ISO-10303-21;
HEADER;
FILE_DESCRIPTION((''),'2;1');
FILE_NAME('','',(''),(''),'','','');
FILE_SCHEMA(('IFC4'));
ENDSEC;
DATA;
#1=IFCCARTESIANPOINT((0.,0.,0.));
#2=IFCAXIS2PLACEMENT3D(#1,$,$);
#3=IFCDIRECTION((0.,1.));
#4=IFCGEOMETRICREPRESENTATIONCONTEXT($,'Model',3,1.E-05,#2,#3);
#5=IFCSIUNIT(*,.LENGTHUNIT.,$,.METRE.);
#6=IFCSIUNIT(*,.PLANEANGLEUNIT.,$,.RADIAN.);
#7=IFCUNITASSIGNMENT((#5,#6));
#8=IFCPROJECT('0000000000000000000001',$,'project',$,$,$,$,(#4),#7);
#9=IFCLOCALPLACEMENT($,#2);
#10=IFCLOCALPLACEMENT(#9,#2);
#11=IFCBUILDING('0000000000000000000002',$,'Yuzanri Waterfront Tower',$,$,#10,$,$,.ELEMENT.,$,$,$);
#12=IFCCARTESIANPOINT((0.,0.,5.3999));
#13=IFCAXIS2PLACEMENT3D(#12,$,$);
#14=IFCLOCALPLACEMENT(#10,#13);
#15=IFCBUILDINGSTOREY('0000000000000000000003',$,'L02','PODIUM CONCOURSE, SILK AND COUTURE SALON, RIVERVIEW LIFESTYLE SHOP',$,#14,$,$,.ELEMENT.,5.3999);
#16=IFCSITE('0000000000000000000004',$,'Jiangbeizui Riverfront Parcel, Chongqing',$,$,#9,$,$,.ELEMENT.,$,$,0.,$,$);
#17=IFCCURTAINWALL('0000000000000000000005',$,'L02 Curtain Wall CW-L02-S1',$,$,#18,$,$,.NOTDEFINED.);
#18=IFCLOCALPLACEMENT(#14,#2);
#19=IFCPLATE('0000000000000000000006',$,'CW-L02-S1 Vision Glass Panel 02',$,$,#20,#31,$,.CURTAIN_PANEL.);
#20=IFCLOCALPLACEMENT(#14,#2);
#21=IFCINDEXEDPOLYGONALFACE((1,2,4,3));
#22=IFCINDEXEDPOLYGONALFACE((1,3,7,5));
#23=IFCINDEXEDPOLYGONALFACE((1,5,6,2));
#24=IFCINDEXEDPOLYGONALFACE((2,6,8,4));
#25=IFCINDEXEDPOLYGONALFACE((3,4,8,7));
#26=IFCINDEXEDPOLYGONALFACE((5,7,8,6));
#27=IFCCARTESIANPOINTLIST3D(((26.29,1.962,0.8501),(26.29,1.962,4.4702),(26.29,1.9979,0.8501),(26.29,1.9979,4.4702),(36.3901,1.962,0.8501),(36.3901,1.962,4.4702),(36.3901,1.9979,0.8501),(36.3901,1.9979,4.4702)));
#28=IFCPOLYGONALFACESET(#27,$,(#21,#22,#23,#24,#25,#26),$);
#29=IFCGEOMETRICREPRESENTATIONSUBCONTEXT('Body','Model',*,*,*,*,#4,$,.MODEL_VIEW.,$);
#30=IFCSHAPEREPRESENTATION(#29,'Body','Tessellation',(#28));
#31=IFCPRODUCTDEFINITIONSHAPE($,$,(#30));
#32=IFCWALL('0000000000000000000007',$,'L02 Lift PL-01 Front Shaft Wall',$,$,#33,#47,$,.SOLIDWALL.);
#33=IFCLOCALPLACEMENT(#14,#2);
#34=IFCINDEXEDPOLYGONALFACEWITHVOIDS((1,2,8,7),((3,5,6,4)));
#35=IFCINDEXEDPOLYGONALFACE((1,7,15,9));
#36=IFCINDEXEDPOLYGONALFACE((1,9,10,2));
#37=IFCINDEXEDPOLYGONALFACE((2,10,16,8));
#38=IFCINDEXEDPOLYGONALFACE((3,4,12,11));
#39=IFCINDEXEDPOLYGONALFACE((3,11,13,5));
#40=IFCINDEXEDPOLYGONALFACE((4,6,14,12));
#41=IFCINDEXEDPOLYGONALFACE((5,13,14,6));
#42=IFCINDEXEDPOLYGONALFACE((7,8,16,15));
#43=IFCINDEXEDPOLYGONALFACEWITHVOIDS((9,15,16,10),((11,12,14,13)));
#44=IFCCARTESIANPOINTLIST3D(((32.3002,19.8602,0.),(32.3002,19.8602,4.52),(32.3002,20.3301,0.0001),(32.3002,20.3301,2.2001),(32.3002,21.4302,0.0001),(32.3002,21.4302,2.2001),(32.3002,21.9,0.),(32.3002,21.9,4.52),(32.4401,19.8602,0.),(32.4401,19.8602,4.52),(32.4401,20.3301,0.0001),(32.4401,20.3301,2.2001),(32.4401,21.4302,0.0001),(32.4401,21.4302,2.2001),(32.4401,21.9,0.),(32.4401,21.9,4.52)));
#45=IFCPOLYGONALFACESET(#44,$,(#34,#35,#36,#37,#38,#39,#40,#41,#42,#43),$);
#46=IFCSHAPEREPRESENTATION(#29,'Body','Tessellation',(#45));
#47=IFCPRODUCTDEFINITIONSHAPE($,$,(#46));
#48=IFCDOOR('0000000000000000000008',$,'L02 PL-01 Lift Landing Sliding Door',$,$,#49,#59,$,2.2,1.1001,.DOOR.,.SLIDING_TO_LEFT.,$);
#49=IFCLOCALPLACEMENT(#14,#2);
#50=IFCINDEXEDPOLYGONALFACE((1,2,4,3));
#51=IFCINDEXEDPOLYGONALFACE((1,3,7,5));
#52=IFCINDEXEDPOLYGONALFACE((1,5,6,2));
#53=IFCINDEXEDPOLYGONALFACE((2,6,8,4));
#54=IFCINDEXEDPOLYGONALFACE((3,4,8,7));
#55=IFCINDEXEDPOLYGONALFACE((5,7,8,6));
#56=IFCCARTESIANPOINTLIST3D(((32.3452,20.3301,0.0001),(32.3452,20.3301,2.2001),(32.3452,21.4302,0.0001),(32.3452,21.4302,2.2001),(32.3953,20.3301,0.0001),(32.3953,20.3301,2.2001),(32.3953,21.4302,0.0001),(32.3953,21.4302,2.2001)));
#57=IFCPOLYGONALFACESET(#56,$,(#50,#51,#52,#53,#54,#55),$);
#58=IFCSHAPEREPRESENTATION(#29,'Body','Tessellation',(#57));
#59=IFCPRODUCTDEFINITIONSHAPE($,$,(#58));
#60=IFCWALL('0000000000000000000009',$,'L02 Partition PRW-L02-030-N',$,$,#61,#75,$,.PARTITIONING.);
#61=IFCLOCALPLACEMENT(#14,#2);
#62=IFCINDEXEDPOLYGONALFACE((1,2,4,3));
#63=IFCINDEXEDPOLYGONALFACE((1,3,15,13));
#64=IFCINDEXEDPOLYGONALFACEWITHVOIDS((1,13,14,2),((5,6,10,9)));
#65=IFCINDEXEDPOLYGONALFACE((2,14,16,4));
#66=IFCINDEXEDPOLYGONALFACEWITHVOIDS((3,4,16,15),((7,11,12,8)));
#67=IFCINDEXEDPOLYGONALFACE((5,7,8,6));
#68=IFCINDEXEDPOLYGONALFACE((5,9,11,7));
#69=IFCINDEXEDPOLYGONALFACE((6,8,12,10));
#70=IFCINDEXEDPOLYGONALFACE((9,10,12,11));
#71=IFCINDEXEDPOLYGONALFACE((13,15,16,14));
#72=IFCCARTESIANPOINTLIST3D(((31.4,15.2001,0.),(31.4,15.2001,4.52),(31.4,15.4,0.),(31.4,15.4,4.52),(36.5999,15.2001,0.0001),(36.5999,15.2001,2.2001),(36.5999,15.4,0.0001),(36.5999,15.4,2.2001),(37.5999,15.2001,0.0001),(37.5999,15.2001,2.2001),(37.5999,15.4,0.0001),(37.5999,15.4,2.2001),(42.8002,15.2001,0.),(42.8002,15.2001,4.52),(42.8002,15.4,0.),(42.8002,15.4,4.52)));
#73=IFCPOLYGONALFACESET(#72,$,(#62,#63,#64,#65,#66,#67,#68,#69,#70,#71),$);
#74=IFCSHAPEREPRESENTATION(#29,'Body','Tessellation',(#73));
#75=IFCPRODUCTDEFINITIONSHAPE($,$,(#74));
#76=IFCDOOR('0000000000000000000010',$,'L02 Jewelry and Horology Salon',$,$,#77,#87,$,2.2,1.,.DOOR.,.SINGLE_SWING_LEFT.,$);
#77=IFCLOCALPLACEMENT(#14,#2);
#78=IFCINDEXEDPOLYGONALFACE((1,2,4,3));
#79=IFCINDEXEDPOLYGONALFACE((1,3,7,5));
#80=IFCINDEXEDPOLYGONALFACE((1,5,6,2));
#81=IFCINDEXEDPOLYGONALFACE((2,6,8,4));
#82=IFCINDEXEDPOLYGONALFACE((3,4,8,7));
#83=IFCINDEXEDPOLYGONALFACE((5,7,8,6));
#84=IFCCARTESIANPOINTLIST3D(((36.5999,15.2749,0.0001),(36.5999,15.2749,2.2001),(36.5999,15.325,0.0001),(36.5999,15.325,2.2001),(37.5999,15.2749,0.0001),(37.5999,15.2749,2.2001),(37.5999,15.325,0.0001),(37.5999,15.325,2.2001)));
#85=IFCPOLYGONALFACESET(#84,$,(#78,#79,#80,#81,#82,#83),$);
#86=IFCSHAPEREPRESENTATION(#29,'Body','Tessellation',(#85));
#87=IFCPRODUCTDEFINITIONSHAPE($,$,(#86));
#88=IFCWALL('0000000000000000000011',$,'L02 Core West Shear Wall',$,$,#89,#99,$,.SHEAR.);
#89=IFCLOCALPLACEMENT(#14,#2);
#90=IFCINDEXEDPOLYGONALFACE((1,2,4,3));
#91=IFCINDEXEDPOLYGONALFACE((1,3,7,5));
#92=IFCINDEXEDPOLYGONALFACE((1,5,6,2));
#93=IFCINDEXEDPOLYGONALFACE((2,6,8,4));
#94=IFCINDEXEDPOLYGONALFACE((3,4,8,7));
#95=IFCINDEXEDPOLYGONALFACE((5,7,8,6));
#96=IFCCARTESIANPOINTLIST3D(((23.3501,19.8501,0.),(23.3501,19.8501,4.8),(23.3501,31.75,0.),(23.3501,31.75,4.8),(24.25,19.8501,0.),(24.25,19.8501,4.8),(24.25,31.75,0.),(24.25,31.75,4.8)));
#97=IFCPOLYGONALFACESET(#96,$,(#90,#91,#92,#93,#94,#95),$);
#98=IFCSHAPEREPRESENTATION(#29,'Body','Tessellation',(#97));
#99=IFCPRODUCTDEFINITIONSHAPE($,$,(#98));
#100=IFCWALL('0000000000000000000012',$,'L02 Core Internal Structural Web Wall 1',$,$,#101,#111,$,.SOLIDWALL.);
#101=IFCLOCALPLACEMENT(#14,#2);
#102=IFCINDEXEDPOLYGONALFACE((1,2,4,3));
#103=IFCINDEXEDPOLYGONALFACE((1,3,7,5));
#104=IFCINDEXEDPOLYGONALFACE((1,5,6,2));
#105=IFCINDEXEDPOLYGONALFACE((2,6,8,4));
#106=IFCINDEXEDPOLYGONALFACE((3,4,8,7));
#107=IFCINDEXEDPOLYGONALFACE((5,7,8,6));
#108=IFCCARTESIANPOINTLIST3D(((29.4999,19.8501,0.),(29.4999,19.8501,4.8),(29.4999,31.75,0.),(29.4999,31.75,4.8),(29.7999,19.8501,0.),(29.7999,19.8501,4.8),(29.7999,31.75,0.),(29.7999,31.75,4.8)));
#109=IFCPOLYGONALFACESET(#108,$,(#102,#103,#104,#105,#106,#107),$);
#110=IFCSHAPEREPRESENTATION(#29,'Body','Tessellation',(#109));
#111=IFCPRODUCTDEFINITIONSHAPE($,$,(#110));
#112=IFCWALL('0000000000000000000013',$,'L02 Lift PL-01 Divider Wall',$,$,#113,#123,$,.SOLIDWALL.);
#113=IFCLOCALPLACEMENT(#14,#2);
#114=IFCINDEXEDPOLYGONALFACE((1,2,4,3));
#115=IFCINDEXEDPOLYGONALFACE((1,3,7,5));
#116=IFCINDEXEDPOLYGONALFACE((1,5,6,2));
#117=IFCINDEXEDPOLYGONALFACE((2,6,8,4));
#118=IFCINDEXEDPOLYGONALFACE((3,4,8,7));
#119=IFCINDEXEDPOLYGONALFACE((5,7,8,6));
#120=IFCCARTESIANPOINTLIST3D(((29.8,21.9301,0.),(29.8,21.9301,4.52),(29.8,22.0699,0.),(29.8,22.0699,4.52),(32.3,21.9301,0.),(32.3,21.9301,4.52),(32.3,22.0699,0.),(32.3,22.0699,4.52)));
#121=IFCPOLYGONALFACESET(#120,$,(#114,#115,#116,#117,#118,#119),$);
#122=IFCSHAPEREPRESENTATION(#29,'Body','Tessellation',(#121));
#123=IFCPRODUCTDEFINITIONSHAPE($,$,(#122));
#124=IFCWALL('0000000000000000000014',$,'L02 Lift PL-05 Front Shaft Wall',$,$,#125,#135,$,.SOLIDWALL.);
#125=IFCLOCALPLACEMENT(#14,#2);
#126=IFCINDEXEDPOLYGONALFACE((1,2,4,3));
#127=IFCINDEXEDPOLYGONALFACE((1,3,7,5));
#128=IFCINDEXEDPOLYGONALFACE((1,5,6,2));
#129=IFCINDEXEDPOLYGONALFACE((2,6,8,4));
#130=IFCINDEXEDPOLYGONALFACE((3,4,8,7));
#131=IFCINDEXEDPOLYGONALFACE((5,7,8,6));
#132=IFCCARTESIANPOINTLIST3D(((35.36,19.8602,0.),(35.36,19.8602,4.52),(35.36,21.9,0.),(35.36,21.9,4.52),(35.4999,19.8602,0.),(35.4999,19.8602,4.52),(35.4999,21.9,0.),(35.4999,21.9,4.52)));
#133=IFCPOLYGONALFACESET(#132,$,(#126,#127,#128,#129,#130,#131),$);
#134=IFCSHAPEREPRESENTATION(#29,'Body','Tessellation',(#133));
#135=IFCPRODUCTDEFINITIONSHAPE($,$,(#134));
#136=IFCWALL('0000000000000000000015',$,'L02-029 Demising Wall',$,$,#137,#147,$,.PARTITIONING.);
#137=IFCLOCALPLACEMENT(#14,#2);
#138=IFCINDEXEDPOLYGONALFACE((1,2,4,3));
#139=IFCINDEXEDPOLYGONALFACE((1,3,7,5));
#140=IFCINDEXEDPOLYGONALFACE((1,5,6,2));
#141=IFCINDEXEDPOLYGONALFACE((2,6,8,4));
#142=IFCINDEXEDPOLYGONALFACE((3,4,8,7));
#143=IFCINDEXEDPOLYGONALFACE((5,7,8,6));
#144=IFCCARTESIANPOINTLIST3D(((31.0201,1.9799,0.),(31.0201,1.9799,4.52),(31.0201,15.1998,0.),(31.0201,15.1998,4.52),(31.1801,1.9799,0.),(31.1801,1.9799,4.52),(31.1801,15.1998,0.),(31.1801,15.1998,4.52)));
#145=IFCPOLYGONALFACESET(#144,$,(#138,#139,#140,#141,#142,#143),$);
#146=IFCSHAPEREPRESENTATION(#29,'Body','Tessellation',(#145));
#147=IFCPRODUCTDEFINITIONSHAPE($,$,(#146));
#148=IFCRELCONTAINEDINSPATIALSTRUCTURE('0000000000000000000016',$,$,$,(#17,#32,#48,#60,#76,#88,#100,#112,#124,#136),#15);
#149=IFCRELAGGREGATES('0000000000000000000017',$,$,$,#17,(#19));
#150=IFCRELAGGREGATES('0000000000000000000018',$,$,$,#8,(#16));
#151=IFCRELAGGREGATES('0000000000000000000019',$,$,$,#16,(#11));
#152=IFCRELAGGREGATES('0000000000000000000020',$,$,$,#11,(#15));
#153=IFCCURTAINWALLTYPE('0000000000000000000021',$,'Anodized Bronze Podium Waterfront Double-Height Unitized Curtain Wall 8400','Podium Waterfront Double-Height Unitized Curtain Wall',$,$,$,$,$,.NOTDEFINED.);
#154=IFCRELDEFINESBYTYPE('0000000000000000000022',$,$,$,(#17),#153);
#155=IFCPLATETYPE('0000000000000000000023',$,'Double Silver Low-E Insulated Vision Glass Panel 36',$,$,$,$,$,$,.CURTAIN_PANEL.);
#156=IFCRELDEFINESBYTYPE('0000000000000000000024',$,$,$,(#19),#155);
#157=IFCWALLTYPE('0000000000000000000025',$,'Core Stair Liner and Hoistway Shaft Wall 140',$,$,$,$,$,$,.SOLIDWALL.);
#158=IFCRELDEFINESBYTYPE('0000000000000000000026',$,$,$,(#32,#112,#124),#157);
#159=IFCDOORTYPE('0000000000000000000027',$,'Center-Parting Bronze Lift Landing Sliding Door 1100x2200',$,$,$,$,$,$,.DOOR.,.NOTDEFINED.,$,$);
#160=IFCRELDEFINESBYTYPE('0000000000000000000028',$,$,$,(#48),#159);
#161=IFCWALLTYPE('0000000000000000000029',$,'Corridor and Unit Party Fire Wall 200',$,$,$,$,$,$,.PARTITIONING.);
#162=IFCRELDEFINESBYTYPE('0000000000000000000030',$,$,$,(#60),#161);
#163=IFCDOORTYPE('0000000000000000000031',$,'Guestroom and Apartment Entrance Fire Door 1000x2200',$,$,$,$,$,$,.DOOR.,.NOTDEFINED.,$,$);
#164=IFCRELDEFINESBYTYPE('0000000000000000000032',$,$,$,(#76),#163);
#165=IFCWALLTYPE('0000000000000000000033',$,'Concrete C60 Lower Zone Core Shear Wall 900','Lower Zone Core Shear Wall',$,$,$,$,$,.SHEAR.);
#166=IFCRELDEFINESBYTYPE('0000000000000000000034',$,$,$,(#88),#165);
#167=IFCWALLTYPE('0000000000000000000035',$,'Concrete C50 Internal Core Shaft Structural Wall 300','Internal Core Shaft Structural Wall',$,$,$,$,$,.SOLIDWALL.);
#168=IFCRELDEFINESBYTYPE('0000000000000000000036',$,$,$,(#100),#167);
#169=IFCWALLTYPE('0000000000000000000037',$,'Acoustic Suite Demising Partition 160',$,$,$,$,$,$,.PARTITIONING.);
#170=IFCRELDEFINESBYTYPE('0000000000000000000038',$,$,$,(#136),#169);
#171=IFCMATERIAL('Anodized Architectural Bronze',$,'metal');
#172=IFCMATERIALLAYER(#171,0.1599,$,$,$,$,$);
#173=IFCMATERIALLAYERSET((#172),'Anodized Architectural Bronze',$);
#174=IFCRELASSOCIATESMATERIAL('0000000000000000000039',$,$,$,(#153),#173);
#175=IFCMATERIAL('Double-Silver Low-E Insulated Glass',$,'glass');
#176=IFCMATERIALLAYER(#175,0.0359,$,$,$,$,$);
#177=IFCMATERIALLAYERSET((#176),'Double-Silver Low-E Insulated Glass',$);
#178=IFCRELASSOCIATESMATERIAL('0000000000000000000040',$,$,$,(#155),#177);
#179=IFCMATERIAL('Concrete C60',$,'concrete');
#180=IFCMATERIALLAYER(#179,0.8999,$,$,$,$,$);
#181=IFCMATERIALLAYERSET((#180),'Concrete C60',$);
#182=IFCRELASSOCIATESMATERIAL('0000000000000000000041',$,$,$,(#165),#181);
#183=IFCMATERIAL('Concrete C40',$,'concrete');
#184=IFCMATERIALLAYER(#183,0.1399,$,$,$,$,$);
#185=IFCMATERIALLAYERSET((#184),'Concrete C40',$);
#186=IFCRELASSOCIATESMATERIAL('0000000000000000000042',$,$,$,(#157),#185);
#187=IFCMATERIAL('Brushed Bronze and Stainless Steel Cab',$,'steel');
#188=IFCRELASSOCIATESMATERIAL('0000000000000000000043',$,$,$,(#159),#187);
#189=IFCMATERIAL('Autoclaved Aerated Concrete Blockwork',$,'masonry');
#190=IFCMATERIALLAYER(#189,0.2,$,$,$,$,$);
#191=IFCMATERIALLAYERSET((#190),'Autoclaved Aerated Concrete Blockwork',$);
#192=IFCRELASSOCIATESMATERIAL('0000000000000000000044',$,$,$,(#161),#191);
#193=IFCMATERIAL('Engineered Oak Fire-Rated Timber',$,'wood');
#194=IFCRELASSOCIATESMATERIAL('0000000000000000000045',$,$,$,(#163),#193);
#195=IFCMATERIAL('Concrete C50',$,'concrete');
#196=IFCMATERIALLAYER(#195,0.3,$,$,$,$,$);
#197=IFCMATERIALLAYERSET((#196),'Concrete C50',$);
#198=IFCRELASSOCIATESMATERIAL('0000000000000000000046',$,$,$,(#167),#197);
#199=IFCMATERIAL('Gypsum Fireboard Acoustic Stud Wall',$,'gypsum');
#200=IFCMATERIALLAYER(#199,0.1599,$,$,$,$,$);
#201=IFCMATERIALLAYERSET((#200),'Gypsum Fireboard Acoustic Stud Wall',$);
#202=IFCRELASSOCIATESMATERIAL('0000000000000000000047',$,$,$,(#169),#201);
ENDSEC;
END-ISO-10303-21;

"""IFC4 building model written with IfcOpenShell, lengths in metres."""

from ifc_helpers import new_model, si_unit, direction, frame, frame_2d, origin, origin_2d, place, context, subcontext, project, spatial, rectangle, extrude, source, transform, mapped, material, layer, layer_set, type_object, element, fill, aggregate, save


model = new_model("IFC4")

# Units and contexts
model_context = context("Model", 3, precision=1e-05, world=origin(), true_north=direction((0.0, 1.0)))
body_context = subcontext(model_context, "Body", "Model", "MODEL_VIEW")
ifc_project = project(units=[si_unit("LENGTHUNIT", "METRE"), si_unit("PLANEANGLEUNIT", "RADIAN")], contexts=[model_context])

# Site, building, storey
site_placement = place(None, origin())
site = spatial("IfcSite", under=ifc_project, at=site_placement, Name="Jiangbeizui Riverfront Parcel, Chongqing", CompositionType="ELEMENT", RefElevation=0.0)
building_placement = place(site_placement, origin())
building = spatial("IfcBuilding", under=site, at=building_placement, Name="Yuzanri Waterfront Tower", CompositionType="ELEMENT")
storey_placement = place(building_placement, frame((0.0, 0.0, 5.3999)))
storey = spatial("IfcBuildingStorey", under=building, at=storey_placement, Name="L02", Description="PODIUM CONCOURSE, SILK AND COUTURE SALON, RIVERVIEW LIFESTYLE SHOP", CompositionType="ELEMENT", Elevation=5.3999)

# Curtain wall, plate
ifc_material_1 = material(Name="Anodized Architectural Bronze", Category="metal")
ifc_layer_1 = layer(ifc_material_1, 0.1599)
ifc_layer_set_1 = layer_set([ifc_layer_1], Name="Anodized Architectural Bronze")
curtain_wall_type = type_object("IfcCurtainWallType", Name="Anodized Bronze Podium Waterfront Double-Height Unitized Curtain Wall 8400", Description="Podium Waterfront Double-Height Unitized Curtain Wall", PredefinedType="NOTDEFINED", material=ifc_layer_set_1)
curtain_wall_placement = place(storey_placement, origin())
curtain_wall = element("IfcCurtainWall", 1, at=curtain_wall_placement, inside=storey, type_object=curtain_wall_type, Name="L02 Curtain Wall CW-L02-S1", PredefinedType="NOTDEFINED")
ifc_material_2 = material(Name="Double-Silver Low-E Insulated Glass", Category="glass")
ifc_layer_2 = layer(ifc_material_2, 0.0359)
ifc_layer_set_2 = layer_set([ifc_layer_2], Name="Double-Silver Low-E Insulated Glass")
plate_type_1 = type_object("IfcPlateType", Name="Double Silver Low-E Insulated Vision Glass Panel 36", PredefinedType="CURTAIN_PANEL", material=ifc_layer_set_2)
shared_shape_1 = source(origin(), body_context, "Body", "SweptSolid", [
    extrude(rectangle(XDim=10.1001, YDim=0.0359, at=origin_2d()), origin(), (0.0, 0.0, 1.0), 3.6201),
])
plate_1_placement = place(storey_placement, frame((31.3401, 1.98, 0.8501), z_axis=(0.0, 0.0, 1.0), x_axis=(1.0, 0.0, 0.0)))
plate_1 = element("IfcPlate", 2, at=plate_1_placement, type_object=plate_type_1, Name="CW-L02-S1 Vision Glass Panel 02", PredefinedType="CURTAIN_PANEL", context=body_context, shape_type="MappedRepresentation", body=[
    mapped(shared_shape_1, transform((0.0, 0.0, 0.0), scale=1.0)),
])
aggregate(curtain_wall, [plate_1])

# Shared definitions
ifc_material_3 = material(Name="Concrete C60", Category="concrete")
ifc_layer_3 = layer(ifc_material_3, 0.8999)
ifc_layer_set_3 = layer_set([ifc_layer_3], Name="Concrete C60")
wall_type_1 = type_object("IfcWallType", Name="Concrete C60 Lower Zone Core Shear Wall 900", Description="Lower Zone Core Shear Wall", PredefinedType="SHEAR", material=ifc_layer_set_3)

# Walls, openings, doors
ifc_material_4 = material(Name="Concrete C40", Category="concrete")
ifc_layer_4 = layer(ifc_material_4, 0.1399)
ifc_layer_set_4 = layer_set([ifc_layer_4], Name="Concrete C40")
wall_type_2 = type_object("IfcWallType", Name="Core Stair Liner and Hoistway Shaft Wall 140", PredefinedType="SOLIDWALL", material=ifc_layer_set_4)
wall_1_placement = place(storey_placement, frame((32.3701, 19.8601, 0.0), z_axis=(0.0, 0.0, 1.0), x_axis=(0.0, 1.0, 0.0)))
wall_1 = element("IfcWall", 3, at=wall_1_placement, inside=storey, type_object=wall_type_2, Name="L02 Lift PL-01 Front Shaft Wall", PredefinedType="SOLIDWALL", context=body_context, shape_type="SweptSolid", body=[
    extrude(rectangle(XDim=2.0398, YDim=0.1399, at=frame_2d((1.02, 0.0))), origin(), (0.0, 0.0, 1.0), 4.52),
])
opening_1_placement = place(wall_1_placement, frame((0.47, 0.0, 0.0)))
opening_1 = element("IfcOpeningElement", 4, at=opening_1_placement, cuts=wall_1, PredefinedType="OPENING", context=body_context, shape_type="SweptSolid", body=[
    extrude(rectangle(XDim=1.1001, YDim=2.2, at=frame_2d((0.55, 1.1001))), frame((0.0, 0.085, 0.0), z_axis=(0.0, -1.0, 0.0), x_axis=(1.0, 0.0, 0.0)), (0.0, 0.0, 1.0), 0.1697),
])
ifc_material_5 = material(Name="Brushed Bronze and Stainless Steel Cab", Category="steel")
door_type_1 = type_object("IfcDoorType", Name="Center-Parting Bronze Lift Landing Sliding Door 1100x2200", OperationType="NOTDEFINED", PredefinedType="DOOR", material=ifc_material_5)
shared_shape_2 = source(origin(), body_context, "Body", "SweptSolid", [
    extrude(rectangle(XDim=1.1001, YDim=2.2, at=frame_2d((0.55, 1.1001))), frame((0.0, 0.0249, 0.0), z_axis=(0.0, -1.0, 0.0), x_axis=(1.0, 0.0, 0.0)), (0.0, 0.0, 1.0), 0.05),
])
door_1_placement = place(opening_1_placement, origin())
door_1 = element("IfcDoor", 5, at=door_1_placement, inside=storey, type_object=door_type_1, Name="L02 PL-01 Lift Landing Sliding Door", OperationType="SLIDING_TO_LEFT", OverallHeight=2.2, OverallWidth=1.1001, PredefinedType="DOOR", context=body_context, shape_type="MappedRepresentation", body=[
    mapped(shared_shape_2, transform((0.0, 0.0, 0.0), scale=1.0)),
])
fill(opening_1, door_1)
ifc_material_6 = material(Name="Autoclaved Aerated Concrete Blockwork", Category="masonry")
ifc_layer_5 = layer(ifc_material_6, 0.2)
ifc_layer_set_5 = layer_set([ifc_layer_5], Name="Autoclaved Aerated Concrete Blockwork")
wall_type_3 = type_object("IfcWallType", Name="Corridor and Unit Party Fire Wall 200", PredefinedType="PARTITIONING", material=ifc_layer_set_5)
wall_2_placement = place(storey_placement, frame((31.3999, 15.3, 0.0), z_axis=(0.0, 0.0, 1.0), x_axis=(1.0, 0.0, 0.0)))
wall_2 = element("IfcWall", 6, at=wall_2_placement, inside=storey, type_object=wall_type_3, Name="L02 Partition PRW-L02-030-N", PredefinedType="PARTITIONING", context=body_context, shape_type="SweptSolid", body=[
    extrude(rectangle(XDim=11.4001, YDim=0.2, at=frame_2d((5.7002, 0.0))), origin(), (0.0, 0.0, 1.0), 4.52),
])
opening_2_placement = place(wall_2_placement, frame((5.2, 0.0, 0.0)))
opening_2 = element("IfcOpeningElement", 7, at=opening_2_placement, cuts=wall_2, PredefinedType="OPENING", context=body_context, shape_type="SweptSolid", body=[
    extrude(rectangle(XDim=1.0, YDim=2.2, at=frame_2d((0.5, 1.1001))), frame((0.0, 0.1147, 0.0), z_axis=(0.0, -1.0, 0.0), x_axis=(1.0, 0.0, 0.0)), (0.0, 0.0, 1.0), 0.2297),
])
ifc_material_7 = material(Name="Engineered Oak Fire-Rated Timber", Category="wood")
door_type_2 = type_object("IfcDoorType", Name="Guestroom and Apartment Entrance Fire Door 1000x2200", OperationType="NOTDEFINED", PredefinedType="DOOR", material=ifc_material_7)
shared_shape_3 = source(origin(), body_context, "Body", "SweptSolid", [
    extrude(rectangle(XDim=1.0, YDim=2.2, at=frame_2d((0.5, 1.1001))), frame((0.0, 0.0249, 0.0), z_axis=(0.0, -1.0, 0.0), x_axis=(1.0, 0.0, 0.0)), (0.0, 0.0, 1.0), 0.05),
])
door_2_placement = place(opening_2_placement, origin())
door_2 = element("IfcDoor", 8, at=door_2_placement, inside=storey, type_object=door_type_2, Name="L02 Jewelry and Horology Salon", OperationType="SINGLE_SWING_LEFT", OverallHeight=2.2, OverallWidth=1.0, PredefinedType="DOOR", context=body_context, shape_type="MappedRepresentation", body=[
    mapped(shared_shape_3, transform((0.0, 0.0, 0.0), scale=1.0)),
])
fill(opening_2, door_2)

# Walls
shared_shape_4 = source(origin(), body_context, "Body", "SweptSolid", [
    extrude(rectangle(XDim=11.8999, YDim=0.8999, at=frame_2d((5.95, 0.0))), origin(), (0.0, 0.0, 1.0), 4.8),
])
wall_3_placement = place(storey_placement, frame((23.8, 19.8501, 0.0), z_axis=(0.0, 0.0, 1.0), x_axis=(0.0, 1.0, 0.0)))
element("IfcWall", 9, at=wall_3_placement, inside=storey, type_object=wall_type_1, Name="L02 Core West Shear Wall", PredefinedType="SHEAR", context=body_context, shape_type="MappedRepresentation", body=[
    mapped(shared_shape_4, transform((0.0, 0.0, 0.0), scale=1.0)),
])
ifc_material_8 = material(Name="Concrete C50", Category="concrete")
ifc_layer_6 = layer(ifc_material_8, 0.3)
ifc_layer_set_6 = layer_set([ifc_layer_6], Name="Concrete C50")
wall_type_4 = type_object("IfcWallType", Name="Concrete C50 Internal Core Shaft Structural Wall 300", Description="Internal Core Shaft Structural Wall", PredefinedType="SOLIDWALL", material=ifc_layer_set_6)
shared_shape_5 = source(origin(), body_context, "Body", "SweptSolid", [
    extrude(rectangle(XDim=11.8999, YDim=0.3, at=frame_2d((5.95, 0.0))), origin(), (0.0, 0.0, 1.0), 4.8),
])
wall_4_placement = place(storey_placement, frame((29.6499, 19.8501, 0.0), z_axis=(0.0, 0.0, 1.0), x_axis=(0.0, 1.0, 0.0)))
element("IfcWall", 10, at=wall_4_placement, inside=storey, type_object=wall_type_4, Name="L02 Core Internal Structural Web Wall 1", PredefinedType="SOLIDWALL", context=body_context, shape_type="MappedRepresentation", body=[
    mapped(shared_shape_5, transform((0.0, 0.0, 0.0), scale=1.0)),
])
shared_shape_6 = source(origin(), body_context, "Body", "SweptSolid", [
    extrude(rectangle(XDim=2.5, YDim=0.1399, at=frame_2d((1.25, 0.0))), origin(), (0.0, 0.0, 1.0), 4.52),
])
wall_5_placement = place(storey_placement, frame((29.8, 22.0, 0.0), z_axis=(0.0, 0.0, 1.0), x_axis=(1.0, 0.0, 0.0)))
element("IfcWall", 11, at=wall_5_placement, inside=storey, type_object=wall_type_2, Name="L02 Lift PL-01 Divider Wall", PredefinedType="SOLIDWALL", context=body_context, shape_type="MappedRepresentation", body=[
    mapped(shared_shape_6, transform((0.0, 0.0, 0.0), scale=1.0)),
])
shared_shape_7 = source(origin(), body_context, "Body", "SweptSolid", [
    extrude(rectangle(XDim=2.0398, YDim=0.1399, at=frame_2d((1.02, 0.0))), origin(), (0.0, 0.0, 1.0), 4.52),
])
wall_6_placement = place(storey_placement, frame((35.4299, 19.8601, 0.0), z_axis=(0.0, 0.0, 1.0), x_axis=(0.0, 1.0, 0.0)))
element("IfcWall", 12, at=wall_6_placement, inside=storey, type_object=wall_type_2, Name="L02 Lift PL-05 Front Shaft Wall", PredefinedType="SOLIDWALL", context=body_context, shape_type="MappedRepresentation", body=[
    mapped(shared_shape_7, transform((0.0, 0.0, 0.0), scale=1.0)),
])
ifc_material_9 = material(Name="Gypsum Fireboard Acoustic Stud Wall", Category="gypsum")
ifc_layer_7 = layer(ifc_material_9, 0.1599)
ifc_layer_set_7 = layer_set([ifc_layer_7], Name="Gypsum Fireboard Acoustic Stud Wall")
wall_type_5 = type_object("IfcWallType", Name="Acoustic Suite Demising Partition 160", PredefinedType="PARTITIONING", material=ifc_layer_set_7)
shared_shape_8 = source(origin(), body_context, "Body", "SweptSolid", [
    extrude(rectangle(XDim=13.22, YDim=0.1599, at=frame_2d((6.6099, 0.0))), origin(), (0.0, 0.0, 1.0), 4.52),
])
wall_7_placement = place(storey_placement, frame((31.1001, 1.98, 0.0), z_axis=(0.0, 0.0, 1.0), x_axis=(0.0, 1.0, 0.0)))
element("IfcWall", 13, at=wall_7_placement, inside=storey, type_object=wall_type_5, Name="L02-029 Demising Wall", PredefinedType="PARTITIONING", context=body_context, shape_type="MappedRepresentation", body=[
    mapped(shared_shape_8, transform((0.0, 0.0, 0.0), scale=1.0)),
])

save(model, "model.ifc")
